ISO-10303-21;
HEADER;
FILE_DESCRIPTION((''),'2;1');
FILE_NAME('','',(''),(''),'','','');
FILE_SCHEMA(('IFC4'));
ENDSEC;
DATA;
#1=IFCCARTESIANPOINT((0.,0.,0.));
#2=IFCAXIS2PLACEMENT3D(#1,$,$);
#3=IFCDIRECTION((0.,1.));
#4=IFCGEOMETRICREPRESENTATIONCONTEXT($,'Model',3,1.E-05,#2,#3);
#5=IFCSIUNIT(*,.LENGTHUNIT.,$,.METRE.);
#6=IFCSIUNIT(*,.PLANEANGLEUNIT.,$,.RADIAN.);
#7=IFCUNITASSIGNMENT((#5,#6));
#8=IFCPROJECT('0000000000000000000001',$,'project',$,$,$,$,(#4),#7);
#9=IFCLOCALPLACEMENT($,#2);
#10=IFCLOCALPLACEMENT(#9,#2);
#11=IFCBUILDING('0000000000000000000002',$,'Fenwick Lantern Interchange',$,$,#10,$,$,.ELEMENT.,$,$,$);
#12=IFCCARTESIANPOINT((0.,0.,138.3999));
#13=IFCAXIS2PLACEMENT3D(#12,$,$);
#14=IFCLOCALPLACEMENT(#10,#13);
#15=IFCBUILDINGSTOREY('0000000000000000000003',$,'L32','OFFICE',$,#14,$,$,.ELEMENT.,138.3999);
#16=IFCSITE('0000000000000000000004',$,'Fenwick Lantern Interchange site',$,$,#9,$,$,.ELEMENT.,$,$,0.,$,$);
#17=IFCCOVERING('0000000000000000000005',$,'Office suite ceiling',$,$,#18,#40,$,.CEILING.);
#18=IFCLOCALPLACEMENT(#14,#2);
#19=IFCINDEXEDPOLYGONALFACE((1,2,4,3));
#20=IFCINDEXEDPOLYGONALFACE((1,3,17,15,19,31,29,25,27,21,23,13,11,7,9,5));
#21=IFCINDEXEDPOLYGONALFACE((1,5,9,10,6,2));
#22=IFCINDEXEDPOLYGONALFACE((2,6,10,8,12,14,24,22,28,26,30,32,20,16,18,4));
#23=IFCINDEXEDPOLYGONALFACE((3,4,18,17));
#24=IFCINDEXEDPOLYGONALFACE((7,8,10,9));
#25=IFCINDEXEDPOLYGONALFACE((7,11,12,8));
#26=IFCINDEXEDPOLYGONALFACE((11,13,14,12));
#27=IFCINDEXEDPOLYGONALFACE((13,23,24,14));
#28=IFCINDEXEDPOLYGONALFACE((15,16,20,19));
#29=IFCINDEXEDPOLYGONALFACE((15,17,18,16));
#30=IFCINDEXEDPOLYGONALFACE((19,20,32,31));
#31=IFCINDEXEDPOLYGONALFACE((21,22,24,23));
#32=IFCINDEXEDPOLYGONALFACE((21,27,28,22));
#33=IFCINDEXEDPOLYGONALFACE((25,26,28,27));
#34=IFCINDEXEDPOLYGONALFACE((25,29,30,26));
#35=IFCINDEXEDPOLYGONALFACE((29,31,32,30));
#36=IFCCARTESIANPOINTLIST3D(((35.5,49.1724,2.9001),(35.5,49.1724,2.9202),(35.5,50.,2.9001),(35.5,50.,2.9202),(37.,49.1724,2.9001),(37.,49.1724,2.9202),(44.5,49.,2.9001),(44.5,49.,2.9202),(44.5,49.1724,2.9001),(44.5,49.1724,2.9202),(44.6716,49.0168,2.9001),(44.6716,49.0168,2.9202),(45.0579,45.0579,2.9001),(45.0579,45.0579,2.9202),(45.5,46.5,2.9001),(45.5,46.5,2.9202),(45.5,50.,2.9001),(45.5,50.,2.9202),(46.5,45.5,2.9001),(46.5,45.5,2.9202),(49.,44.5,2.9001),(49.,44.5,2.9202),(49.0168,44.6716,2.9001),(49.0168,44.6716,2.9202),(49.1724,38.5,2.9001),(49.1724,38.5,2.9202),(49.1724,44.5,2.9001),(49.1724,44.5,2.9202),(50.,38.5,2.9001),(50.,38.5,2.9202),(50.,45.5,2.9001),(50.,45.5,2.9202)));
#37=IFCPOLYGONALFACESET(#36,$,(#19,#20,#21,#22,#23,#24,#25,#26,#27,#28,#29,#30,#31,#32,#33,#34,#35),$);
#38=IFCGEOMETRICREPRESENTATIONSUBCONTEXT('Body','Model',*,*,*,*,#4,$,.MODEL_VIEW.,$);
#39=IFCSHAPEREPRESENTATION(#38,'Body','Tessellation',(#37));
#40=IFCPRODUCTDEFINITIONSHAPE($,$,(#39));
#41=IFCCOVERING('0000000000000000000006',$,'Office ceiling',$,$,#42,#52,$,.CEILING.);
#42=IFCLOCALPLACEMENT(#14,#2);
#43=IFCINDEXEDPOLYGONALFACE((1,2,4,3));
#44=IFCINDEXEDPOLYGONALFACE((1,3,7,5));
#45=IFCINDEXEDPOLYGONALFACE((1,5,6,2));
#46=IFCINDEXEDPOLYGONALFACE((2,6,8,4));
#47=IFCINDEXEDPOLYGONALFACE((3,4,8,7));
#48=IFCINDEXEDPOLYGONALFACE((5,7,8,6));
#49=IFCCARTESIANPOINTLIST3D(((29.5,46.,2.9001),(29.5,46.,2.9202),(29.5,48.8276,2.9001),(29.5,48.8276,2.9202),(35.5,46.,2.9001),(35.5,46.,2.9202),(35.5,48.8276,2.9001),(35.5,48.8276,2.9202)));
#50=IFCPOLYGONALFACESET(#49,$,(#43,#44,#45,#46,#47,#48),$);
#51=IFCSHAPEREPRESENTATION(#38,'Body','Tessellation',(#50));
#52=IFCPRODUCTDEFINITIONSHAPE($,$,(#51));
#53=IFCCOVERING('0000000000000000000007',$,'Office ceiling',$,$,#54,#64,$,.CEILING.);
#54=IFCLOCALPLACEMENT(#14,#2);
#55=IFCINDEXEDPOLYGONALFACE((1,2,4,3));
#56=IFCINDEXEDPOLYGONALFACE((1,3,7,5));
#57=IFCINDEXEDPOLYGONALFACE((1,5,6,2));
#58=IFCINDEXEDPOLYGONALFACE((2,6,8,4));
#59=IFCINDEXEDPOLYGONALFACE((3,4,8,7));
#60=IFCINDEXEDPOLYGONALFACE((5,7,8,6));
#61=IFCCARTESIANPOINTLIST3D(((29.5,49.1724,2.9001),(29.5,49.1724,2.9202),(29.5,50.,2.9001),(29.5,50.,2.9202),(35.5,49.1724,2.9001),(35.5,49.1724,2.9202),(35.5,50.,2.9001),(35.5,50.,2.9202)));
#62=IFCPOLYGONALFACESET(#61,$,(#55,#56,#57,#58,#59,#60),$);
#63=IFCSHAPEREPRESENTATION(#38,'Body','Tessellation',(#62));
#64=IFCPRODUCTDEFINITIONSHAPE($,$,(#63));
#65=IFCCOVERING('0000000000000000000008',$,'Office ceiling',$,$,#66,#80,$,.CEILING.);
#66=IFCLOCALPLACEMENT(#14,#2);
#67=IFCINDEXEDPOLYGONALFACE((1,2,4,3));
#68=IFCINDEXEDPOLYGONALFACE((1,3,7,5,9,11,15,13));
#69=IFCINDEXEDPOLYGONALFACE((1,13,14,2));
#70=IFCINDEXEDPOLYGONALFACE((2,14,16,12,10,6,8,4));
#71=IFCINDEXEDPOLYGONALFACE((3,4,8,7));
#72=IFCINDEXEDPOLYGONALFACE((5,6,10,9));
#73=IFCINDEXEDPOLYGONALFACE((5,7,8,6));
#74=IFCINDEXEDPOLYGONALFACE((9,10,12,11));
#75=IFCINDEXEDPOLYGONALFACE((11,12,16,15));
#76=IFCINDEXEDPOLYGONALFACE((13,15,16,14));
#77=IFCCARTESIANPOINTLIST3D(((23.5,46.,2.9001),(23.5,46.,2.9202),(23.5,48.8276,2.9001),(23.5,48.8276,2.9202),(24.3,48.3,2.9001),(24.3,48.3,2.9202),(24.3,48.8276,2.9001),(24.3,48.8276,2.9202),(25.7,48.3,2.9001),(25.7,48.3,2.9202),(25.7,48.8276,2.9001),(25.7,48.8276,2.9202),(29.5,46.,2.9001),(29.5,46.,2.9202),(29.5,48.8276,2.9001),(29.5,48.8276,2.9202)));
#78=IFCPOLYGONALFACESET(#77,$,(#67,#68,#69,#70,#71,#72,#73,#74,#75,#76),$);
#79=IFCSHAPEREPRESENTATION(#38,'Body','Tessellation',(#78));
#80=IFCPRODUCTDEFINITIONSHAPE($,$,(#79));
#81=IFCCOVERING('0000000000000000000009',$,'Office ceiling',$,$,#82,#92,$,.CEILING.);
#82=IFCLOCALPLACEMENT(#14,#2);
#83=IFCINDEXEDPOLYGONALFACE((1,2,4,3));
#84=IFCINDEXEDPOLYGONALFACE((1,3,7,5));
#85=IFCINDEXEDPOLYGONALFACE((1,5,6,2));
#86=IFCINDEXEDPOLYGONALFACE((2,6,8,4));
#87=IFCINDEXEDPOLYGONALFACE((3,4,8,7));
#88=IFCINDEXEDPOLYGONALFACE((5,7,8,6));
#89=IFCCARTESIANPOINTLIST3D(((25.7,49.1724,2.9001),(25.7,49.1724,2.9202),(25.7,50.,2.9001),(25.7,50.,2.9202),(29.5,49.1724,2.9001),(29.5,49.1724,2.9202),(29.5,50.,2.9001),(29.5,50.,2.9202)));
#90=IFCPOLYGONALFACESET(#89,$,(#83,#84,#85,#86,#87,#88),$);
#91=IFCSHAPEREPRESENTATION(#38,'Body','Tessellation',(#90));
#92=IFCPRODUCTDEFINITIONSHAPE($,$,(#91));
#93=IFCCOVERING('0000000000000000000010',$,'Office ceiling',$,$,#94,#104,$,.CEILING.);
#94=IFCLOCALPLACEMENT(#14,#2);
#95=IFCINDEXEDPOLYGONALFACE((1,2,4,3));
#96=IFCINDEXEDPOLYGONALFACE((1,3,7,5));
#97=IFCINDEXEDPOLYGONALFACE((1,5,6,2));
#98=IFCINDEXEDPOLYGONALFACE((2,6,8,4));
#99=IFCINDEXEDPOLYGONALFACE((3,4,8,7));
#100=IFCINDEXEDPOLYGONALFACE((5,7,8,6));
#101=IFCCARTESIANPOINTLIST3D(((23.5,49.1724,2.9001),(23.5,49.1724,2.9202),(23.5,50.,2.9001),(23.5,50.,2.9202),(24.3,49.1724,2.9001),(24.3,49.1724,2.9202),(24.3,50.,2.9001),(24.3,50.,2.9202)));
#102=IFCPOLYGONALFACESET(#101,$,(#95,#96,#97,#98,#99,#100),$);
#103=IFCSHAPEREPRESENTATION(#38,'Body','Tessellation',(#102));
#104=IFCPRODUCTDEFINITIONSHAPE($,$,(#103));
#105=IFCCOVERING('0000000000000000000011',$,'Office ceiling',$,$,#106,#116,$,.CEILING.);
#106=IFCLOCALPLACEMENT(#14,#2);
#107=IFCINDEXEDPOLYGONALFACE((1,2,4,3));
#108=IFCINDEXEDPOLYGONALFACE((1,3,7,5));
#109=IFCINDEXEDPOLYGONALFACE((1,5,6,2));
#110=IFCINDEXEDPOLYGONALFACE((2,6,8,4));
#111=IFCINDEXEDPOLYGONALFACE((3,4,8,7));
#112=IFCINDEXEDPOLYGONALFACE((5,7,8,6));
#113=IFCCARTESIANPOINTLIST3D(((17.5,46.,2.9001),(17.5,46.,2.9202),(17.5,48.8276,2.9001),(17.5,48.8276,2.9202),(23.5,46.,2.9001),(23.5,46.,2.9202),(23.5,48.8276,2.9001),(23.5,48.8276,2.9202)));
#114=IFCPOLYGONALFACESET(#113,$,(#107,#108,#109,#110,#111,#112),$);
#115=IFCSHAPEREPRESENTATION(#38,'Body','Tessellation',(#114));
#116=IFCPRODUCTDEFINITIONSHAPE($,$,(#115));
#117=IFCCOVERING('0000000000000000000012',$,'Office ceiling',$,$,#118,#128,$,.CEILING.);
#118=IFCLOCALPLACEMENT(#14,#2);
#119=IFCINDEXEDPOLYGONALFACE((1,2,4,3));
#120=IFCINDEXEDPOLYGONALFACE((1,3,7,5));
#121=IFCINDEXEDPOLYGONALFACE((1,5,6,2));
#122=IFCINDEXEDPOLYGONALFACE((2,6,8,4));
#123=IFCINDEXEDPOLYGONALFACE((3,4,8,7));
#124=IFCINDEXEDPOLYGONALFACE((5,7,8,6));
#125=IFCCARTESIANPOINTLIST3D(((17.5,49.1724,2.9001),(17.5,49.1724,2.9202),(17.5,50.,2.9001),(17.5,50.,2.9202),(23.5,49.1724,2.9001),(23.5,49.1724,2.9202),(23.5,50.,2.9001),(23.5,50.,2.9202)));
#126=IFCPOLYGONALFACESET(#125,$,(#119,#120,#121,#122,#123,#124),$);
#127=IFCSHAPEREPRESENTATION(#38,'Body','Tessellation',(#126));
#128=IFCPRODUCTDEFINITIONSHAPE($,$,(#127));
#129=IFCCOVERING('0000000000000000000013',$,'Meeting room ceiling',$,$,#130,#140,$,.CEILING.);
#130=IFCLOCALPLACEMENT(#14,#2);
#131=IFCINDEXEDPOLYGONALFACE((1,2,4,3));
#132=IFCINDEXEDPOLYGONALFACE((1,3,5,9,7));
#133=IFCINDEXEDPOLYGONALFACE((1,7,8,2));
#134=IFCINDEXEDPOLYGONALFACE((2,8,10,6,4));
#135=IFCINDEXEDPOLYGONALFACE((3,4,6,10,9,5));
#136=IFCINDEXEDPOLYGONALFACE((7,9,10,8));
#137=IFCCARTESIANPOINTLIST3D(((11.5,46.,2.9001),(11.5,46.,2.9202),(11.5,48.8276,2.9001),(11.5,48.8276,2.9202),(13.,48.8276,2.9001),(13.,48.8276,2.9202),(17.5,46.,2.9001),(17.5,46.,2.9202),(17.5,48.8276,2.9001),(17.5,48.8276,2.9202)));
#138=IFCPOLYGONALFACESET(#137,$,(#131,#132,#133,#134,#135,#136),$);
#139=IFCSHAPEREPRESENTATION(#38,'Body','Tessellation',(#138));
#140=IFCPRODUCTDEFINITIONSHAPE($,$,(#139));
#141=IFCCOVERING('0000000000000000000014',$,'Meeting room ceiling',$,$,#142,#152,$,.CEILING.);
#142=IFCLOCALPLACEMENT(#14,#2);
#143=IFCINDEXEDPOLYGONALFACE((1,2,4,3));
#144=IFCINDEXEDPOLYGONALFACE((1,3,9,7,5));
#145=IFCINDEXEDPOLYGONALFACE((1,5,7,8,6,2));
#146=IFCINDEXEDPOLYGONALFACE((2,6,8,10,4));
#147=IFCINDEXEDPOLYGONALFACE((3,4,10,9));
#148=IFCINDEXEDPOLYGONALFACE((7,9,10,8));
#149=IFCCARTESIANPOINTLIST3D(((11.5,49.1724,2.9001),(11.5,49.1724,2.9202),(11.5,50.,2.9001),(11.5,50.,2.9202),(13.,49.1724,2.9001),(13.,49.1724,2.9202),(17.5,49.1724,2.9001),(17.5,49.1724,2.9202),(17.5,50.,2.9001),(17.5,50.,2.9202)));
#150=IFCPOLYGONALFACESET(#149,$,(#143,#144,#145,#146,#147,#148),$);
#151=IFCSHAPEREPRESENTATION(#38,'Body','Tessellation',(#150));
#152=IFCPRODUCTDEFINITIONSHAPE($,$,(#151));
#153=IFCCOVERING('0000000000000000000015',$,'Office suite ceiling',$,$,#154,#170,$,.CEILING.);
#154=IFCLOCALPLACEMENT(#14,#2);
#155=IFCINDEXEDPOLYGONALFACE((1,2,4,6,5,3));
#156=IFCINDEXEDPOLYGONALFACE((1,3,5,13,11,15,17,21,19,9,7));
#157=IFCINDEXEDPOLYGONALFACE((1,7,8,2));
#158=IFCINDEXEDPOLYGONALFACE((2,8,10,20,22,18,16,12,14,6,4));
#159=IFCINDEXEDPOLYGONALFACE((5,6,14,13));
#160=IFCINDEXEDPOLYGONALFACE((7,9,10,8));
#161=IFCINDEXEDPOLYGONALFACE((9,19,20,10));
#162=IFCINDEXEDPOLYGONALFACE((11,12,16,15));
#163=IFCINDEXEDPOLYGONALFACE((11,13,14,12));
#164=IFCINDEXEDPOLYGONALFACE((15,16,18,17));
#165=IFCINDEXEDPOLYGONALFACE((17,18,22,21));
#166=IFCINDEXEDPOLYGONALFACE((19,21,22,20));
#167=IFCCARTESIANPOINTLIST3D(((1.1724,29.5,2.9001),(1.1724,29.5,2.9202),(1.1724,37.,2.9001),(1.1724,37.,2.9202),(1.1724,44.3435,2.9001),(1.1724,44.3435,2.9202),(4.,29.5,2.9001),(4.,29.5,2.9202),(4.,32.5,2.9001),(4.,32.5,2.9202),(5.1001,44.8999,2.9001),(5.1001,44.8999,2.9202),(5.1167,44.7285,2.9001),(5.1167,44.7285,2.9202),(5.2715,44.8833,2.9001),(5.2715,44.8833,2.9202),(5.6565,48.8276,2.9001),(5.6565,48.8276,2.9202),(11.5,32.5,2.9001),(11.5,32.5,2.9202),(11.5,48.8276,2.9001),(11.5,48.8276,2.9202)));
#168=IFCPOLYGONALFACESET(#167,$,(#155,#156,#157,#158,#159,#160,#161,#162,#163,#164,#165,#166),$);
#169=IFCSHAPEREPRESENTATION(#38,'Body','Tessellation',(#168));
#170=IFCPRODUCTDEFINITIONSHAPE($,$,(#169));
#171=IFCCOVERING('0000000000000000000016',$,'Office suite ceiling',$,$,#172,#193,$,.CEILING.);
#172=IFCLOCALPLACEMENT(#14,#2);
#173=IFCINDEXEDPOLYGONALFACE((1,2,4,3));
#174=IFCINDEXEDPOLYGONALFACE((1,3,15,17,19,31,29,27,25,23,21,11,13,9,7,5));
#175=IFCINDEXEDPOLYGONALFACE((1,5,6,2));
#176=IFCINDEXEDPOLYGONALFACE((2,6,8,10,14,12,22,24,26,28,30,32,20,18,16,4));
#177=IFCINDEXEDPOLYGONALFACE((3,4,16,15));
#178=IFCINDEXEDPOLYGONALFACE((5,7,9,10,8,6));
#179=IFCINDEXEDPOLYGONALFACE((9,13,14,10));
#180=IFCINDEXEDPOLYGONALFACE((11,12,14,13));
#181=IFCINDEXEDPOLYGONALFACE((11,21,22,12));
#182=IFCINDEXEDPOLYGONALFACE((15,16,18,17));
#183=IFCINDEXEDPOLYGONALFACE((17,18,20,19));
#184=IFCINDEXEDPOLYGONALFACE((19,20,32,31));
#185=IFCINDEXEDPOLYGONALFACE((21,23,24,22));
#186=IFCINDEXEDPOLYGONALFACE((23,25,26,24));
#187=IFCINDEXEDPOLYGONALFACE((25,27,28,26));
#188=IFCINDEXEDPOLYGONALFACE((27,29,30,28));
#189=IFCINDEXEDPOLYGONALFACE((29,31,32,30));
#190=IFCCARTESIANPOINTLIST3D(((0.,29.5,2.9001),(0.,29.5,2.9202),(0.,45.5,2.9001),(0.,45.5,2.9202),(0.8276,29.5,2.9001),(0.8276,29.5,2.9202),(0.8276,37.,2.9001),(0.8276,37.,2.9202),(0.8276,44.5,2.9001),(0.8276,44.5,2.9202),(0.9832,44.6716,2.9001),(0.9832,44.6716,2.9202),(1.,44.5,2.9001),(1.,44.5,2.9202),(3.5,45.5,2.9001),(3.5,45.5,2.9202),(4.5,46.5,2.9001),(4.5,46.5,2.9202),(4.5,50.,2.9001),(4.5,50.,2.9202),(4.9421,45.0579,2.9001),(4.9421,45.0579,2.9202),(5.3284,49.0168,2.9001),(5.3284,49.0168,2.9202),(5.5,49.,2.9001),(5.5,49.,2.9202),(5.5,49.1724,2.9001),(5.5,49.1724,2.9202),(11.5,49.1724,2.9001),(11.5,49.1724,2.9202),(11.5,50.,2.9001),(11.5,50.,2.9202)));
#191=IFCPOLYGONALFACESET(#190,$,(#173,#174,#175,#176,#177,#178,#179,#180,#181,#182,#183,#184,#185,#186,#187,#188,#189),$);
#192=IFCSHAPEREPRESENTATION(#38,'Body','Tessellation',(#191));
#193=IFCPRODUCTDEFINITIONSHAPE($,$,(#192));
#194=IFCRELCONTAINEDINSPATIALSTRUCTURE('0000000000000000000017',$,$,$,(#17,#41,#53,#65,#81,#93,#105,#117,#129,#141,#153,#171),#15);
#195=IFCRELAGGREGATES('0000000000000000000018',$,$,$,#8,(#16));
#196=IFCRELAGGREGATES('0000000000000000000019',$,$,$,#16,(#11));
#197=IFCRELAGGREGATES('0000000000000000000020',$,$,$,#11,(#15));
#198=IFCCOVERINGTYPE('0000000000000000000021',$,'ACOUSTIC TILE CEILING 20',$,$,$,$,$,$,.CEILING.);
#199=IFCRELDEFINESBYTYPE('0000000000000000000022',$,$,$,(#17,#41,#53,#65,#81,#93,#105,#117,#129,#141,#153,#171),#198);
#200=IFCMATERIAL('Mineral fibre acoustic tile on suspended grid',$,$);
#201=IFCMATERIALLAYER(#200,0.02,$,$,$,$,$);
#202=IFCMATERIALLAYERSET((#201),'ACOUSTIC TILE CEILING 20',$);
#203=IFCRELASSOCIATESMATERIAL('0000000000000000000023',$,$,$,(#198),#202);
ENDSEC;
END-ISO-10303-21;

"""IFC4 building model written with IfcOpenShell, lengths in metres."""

from ifc_helpers import new_model, si_unit, direction, frame, origin, place, context, subcontext, project, spatial, polyline, outline, extrude, material, layer, layer_set, type_object, element, save


model = new_model("IFC4")

# Units and contexts
model_context = context("Model", 3, precision=1e-05, world=origin(), true_north=direction((0.0, 1.0)))
body_context = subcontext(model_context, "Body", "Model", "MODEL_VIEW")
ifc_project = project(units=[si_unit("LENGTHUNIT", "METRE"), si_unit("PLANEANGLEUNIT", "RADIAN")], contexts=[model_context])

# Site, building, storey
site_placement = place(None, origin())
site = spatial("IfcSite", under=ifc_project, at=site_placement, Name="Fenwick Lantern Interchange site", CompositionType="ELEMENT", RefElevation=0.0)
building_placement = place(site_placement, origin())
building = spatial("IfcBuilding", under=site, at=building_placement, Name="Fenwick Lantern Interchange", CompositionType="ELEMENT")
storey_placement = place(building_placement, frame((0.0, 0.0, 138.3999)))
storey = spatial("IfcBuildingStorey", under=building, at=storey_placement, Name="L32", Description="OFFICE", CompositionType="ELEMENT", Elevation=138.3999)

# Coverings
ifc_material = material(Name="Mineral fibre acoustic tile on suspended grid")
ifc_layer = layer(ifc_material, 0.02)
ifc_layer_set = layer_set([ifc_layer], Name="ACOUSTIC TILE CEILING 20")
covering_type = type_object("IfcCoveringType", Name="ACOUSTIC TILE CEILING 20", PredefinedType="CEILING", material=ifc_layer_set)
covering_1_placement = place(storey_placement, frame((0.0, 0.0, 2.9001)))
element("IfcCovering", 1, at=covering_1_placement, inside=storey, type_object=covering_type, Name="Office suite ceiling", PredefinedType="CEILING", context=body_context, shape_type="SweptSolid", body=[
    extrude(outline(polyline([(50.0, 38.5), (50.0, 45.5), (46.5, 45.5), (45.5, 46.5), (45.5, 50.0), (35.5, 50.0), (35.5, 49.1724), (37.0, 49.1724), (44.5, 49.1724), (44.5, 49.0), (44.6716, 49.0168), (45.0579, 45.0579), (49.0168, 44.6716), (49.0, 44.5), (49.1724, 44.5), (49.1724, 38.5), (50.0, 38.5)])), origin(), (0.0, 0.0, 1.0), 0.02),
])
covering_2_placement = place(storey_placement, frame((0.0, 0.0, 2.9001)))
element("IfcCovering", 2, at=covering_2_placement, inside=storey, type_object=covering_type, Name="Office ceiling", PredefinedType="CEILING", context=body_context, shape_type="SweptSolid", body=[
    extrude(outline(polyline([(35.5, 46.0), (35.5, 48.8276), (29.5, 48.8276), (29.5, 46.0), (35.5, 46.0)])), origin(), (0.0, 0.0, 1.0), 0.02),
])
covering_3_placement = place(storey_placement, frame((0.0, 0.0, 2.9001)))
element("IfcCovering", 3, at=covering_3_placement, inside=storey, type_object=covering_type, Name="Office ceiling", PredefinedType="CEILING", context=body_context, shape_type="SweptSolid", body=[
    extrude(outline(polyline([(29.5, 50.0), (29.5, 49.1724), (35.5, 49.1724), (35.5, 50.0), (29.5, 50.0)])), origin(), (0.0, 0.0, 1.0), 0.02),
])
covering_4_placement = place(storey_placement, frame((0.0, 0.0, 2.9001)))
element("IfcCovering", 4, at=covering_4_placement, inside=storey, type_object=covering_type, Name="Office ceiling", PredefinedType="CEILING", context=body_context, shape_type="SweptSolid", body=[
    extrude(outline(polyline([(29.5, 46.0), (29.5, 48.8276), (25.7, 48.8276), (25.7, 48.3), (24.3, 48.3), (24.3, 48.8276), (23.5, 48.8276), (23.5, 46.0), (29.5, 46.0)])), origin(), (0.0, 0.0, 1.0), 0.02),
])
covering_5_placement = place(storey_placement, frame((0.0, 0.0, 2.9001)))
element("IfcCovering", 5, at=covering_5_placement, inside=storey, type_object=covering_type, Name="Office ceiling", PredefinedType="CEILING", context=body_context, shape_type="SweptSolid", body=[
    extrude(outline(polyline([(29.5, 49.1724), (29.5, 50.0), (25.7, 50.0), (25.7, 49.1724), (29.5, 49.1724)])), origin(), (0.0, 0.0, 1.0), 0.02),
])
covering_6_placement = place(storey_placement, frame((0.0, 0.0, 2.9001)))
element("IfcCovering", 6, at=covering_6_placement, inside=storey, type_object=covering_type, Name="Office ceiling", PredefinedType="CEILING", context=body_context, shape_type="SweptSolid", body=[
    extrude(outline(polyline([(23.5, 50.0), (23.5, 49.1724), (24.3, 49.1724), (24.3, 50.0), (23.5, 50.0)])), origin(), (0.0, 0.0, 1.0), 0.02),
])
covering_7_placement = place(storey_placement, frame((0.0, 0.0, 2.9001)))
element("IfcCovering", 7, at=covering_7_placement, inside=storey, type_object=covering_type, Name="Office ceiling", PredefinedType="CEILING", context=body_context, shape_type="SweptSolid", body=[
    extrude(outline(polyline([(23.5, 46.0), (23.5, 48.8276), (17.5, 48.8276), (17.5, 46.0), (23.5, 46.0)])), origin(), (0.0, 0.0, 1.0), 0.02),
])
covering_8_placement = place(storey_placement, frame((0.0, 0.0, 2.9001)))
element("IfcCovering", 8, at=covering_8_placement, inside=storey, type_object=covering_type, Name="Office ceiling", PredefinedType="CEILING", context=body_context, shape_type="SweptSolid", body=[
    extrude(outline(polyline([(17.5, 50.0), (17.5, 49.1724), (23.5, 49.1724), (23.5, 50.0), (17.5, 50.0)])), origin(), (0.0, 0.0, 1.0), 0.02),
])
covering_9_placement = place(storey_placement, frame((0.0, 0.0, 2.9001)))
element("IfcCovering", 9, at=covering_9_placement, inside=storey, type_object=covering_type, Name="Meeting room ceiling", PredefinedType="CEILING", context=body_context, shape_type="SweptSolid", body=[
    extrude(outline(polyline([(17.5, 46.0), (17.5, 48.8276), (13.0, 48.8276), (11.5, 48.8276), (11.5, 46.0), (17.5, 46.0)])), origin(), (0.0, 0.0, 1.0), 0.02),
])
covering_10_placement = place(storey_placement, frame((0.0, 0.0, 2.9001)))
element("IfcCovering", 10, at=covering_10_placement, inside=storey, type_object=covering_type, Name="Meeting room ceiling", PredefinedType="CEILING", context=body_context, shape_type="SweptSolid", body=[
    extrude(outline(polyline([(11.5, 50.0), (11.5, 49.1724), (13.0, 49.1724), (17.5, 49.1724), (17.5, 50.0), (11.5, 50.0)])), origin(), (0.0, 0.0, 1.0), 0.02),
])
covering_11_placement = place(storey_placement, frame((0.0, 0.0, 2.9001)))
element("IfcCovering", 11, at=covering_11_placement, inside=storey, type_object=covering_type, Name="Office suite ceiling", PredefinedType="CEILING", context=body_context, shape_type="SweptSolid", body=[
    extrude(outline(polyline([(1.1724, 29.5), (4.0, 29.5), (4.0, 32.5), (11.5, 32.5), (11.5, 48.8276), (5.6565, 48.8276), (5.2715, 44.8833), (5.1001, 44.8999), (5.1167, 44.7285), (1.1724, 44.3435), (1.1724, 37.0), (1.1724, 29.5)])), origin(), (0.0, 0.0, 1.0), 0.02),
])
covering_12_placement = place(storey_placement, frame((0.0, 0.0, 2.9001)))
element("IfcCovering", 12, at=covering_12_placement, inside=storey, type_object=covering_type, Name="Office suite ceiling", PredefinedType="CEILING", context=body_context, shape_type="SweptSolid", body=[
    extrude(outline(polyline([(0.0, 29.5), (0.8276, 29.5), (0.8276, 37.0), (0.8276, 44.5), (1.0, 44.5), (0.9832, 44.6716), (4.9421, 45.0579), (5.3284, 49.0168), (5.5, 49.0), (5.5, 49.1724), (11.5, 49.1724), (11.5, 50.0), (4.5, 50.0), (4.5, 46.5), (3.5, 45.5), (0.0, 45.5), (0.0, 29.5)])), origin(), (0.0, 0.0, 1.0), 0.02),
])

save(model, "model.ifc")
